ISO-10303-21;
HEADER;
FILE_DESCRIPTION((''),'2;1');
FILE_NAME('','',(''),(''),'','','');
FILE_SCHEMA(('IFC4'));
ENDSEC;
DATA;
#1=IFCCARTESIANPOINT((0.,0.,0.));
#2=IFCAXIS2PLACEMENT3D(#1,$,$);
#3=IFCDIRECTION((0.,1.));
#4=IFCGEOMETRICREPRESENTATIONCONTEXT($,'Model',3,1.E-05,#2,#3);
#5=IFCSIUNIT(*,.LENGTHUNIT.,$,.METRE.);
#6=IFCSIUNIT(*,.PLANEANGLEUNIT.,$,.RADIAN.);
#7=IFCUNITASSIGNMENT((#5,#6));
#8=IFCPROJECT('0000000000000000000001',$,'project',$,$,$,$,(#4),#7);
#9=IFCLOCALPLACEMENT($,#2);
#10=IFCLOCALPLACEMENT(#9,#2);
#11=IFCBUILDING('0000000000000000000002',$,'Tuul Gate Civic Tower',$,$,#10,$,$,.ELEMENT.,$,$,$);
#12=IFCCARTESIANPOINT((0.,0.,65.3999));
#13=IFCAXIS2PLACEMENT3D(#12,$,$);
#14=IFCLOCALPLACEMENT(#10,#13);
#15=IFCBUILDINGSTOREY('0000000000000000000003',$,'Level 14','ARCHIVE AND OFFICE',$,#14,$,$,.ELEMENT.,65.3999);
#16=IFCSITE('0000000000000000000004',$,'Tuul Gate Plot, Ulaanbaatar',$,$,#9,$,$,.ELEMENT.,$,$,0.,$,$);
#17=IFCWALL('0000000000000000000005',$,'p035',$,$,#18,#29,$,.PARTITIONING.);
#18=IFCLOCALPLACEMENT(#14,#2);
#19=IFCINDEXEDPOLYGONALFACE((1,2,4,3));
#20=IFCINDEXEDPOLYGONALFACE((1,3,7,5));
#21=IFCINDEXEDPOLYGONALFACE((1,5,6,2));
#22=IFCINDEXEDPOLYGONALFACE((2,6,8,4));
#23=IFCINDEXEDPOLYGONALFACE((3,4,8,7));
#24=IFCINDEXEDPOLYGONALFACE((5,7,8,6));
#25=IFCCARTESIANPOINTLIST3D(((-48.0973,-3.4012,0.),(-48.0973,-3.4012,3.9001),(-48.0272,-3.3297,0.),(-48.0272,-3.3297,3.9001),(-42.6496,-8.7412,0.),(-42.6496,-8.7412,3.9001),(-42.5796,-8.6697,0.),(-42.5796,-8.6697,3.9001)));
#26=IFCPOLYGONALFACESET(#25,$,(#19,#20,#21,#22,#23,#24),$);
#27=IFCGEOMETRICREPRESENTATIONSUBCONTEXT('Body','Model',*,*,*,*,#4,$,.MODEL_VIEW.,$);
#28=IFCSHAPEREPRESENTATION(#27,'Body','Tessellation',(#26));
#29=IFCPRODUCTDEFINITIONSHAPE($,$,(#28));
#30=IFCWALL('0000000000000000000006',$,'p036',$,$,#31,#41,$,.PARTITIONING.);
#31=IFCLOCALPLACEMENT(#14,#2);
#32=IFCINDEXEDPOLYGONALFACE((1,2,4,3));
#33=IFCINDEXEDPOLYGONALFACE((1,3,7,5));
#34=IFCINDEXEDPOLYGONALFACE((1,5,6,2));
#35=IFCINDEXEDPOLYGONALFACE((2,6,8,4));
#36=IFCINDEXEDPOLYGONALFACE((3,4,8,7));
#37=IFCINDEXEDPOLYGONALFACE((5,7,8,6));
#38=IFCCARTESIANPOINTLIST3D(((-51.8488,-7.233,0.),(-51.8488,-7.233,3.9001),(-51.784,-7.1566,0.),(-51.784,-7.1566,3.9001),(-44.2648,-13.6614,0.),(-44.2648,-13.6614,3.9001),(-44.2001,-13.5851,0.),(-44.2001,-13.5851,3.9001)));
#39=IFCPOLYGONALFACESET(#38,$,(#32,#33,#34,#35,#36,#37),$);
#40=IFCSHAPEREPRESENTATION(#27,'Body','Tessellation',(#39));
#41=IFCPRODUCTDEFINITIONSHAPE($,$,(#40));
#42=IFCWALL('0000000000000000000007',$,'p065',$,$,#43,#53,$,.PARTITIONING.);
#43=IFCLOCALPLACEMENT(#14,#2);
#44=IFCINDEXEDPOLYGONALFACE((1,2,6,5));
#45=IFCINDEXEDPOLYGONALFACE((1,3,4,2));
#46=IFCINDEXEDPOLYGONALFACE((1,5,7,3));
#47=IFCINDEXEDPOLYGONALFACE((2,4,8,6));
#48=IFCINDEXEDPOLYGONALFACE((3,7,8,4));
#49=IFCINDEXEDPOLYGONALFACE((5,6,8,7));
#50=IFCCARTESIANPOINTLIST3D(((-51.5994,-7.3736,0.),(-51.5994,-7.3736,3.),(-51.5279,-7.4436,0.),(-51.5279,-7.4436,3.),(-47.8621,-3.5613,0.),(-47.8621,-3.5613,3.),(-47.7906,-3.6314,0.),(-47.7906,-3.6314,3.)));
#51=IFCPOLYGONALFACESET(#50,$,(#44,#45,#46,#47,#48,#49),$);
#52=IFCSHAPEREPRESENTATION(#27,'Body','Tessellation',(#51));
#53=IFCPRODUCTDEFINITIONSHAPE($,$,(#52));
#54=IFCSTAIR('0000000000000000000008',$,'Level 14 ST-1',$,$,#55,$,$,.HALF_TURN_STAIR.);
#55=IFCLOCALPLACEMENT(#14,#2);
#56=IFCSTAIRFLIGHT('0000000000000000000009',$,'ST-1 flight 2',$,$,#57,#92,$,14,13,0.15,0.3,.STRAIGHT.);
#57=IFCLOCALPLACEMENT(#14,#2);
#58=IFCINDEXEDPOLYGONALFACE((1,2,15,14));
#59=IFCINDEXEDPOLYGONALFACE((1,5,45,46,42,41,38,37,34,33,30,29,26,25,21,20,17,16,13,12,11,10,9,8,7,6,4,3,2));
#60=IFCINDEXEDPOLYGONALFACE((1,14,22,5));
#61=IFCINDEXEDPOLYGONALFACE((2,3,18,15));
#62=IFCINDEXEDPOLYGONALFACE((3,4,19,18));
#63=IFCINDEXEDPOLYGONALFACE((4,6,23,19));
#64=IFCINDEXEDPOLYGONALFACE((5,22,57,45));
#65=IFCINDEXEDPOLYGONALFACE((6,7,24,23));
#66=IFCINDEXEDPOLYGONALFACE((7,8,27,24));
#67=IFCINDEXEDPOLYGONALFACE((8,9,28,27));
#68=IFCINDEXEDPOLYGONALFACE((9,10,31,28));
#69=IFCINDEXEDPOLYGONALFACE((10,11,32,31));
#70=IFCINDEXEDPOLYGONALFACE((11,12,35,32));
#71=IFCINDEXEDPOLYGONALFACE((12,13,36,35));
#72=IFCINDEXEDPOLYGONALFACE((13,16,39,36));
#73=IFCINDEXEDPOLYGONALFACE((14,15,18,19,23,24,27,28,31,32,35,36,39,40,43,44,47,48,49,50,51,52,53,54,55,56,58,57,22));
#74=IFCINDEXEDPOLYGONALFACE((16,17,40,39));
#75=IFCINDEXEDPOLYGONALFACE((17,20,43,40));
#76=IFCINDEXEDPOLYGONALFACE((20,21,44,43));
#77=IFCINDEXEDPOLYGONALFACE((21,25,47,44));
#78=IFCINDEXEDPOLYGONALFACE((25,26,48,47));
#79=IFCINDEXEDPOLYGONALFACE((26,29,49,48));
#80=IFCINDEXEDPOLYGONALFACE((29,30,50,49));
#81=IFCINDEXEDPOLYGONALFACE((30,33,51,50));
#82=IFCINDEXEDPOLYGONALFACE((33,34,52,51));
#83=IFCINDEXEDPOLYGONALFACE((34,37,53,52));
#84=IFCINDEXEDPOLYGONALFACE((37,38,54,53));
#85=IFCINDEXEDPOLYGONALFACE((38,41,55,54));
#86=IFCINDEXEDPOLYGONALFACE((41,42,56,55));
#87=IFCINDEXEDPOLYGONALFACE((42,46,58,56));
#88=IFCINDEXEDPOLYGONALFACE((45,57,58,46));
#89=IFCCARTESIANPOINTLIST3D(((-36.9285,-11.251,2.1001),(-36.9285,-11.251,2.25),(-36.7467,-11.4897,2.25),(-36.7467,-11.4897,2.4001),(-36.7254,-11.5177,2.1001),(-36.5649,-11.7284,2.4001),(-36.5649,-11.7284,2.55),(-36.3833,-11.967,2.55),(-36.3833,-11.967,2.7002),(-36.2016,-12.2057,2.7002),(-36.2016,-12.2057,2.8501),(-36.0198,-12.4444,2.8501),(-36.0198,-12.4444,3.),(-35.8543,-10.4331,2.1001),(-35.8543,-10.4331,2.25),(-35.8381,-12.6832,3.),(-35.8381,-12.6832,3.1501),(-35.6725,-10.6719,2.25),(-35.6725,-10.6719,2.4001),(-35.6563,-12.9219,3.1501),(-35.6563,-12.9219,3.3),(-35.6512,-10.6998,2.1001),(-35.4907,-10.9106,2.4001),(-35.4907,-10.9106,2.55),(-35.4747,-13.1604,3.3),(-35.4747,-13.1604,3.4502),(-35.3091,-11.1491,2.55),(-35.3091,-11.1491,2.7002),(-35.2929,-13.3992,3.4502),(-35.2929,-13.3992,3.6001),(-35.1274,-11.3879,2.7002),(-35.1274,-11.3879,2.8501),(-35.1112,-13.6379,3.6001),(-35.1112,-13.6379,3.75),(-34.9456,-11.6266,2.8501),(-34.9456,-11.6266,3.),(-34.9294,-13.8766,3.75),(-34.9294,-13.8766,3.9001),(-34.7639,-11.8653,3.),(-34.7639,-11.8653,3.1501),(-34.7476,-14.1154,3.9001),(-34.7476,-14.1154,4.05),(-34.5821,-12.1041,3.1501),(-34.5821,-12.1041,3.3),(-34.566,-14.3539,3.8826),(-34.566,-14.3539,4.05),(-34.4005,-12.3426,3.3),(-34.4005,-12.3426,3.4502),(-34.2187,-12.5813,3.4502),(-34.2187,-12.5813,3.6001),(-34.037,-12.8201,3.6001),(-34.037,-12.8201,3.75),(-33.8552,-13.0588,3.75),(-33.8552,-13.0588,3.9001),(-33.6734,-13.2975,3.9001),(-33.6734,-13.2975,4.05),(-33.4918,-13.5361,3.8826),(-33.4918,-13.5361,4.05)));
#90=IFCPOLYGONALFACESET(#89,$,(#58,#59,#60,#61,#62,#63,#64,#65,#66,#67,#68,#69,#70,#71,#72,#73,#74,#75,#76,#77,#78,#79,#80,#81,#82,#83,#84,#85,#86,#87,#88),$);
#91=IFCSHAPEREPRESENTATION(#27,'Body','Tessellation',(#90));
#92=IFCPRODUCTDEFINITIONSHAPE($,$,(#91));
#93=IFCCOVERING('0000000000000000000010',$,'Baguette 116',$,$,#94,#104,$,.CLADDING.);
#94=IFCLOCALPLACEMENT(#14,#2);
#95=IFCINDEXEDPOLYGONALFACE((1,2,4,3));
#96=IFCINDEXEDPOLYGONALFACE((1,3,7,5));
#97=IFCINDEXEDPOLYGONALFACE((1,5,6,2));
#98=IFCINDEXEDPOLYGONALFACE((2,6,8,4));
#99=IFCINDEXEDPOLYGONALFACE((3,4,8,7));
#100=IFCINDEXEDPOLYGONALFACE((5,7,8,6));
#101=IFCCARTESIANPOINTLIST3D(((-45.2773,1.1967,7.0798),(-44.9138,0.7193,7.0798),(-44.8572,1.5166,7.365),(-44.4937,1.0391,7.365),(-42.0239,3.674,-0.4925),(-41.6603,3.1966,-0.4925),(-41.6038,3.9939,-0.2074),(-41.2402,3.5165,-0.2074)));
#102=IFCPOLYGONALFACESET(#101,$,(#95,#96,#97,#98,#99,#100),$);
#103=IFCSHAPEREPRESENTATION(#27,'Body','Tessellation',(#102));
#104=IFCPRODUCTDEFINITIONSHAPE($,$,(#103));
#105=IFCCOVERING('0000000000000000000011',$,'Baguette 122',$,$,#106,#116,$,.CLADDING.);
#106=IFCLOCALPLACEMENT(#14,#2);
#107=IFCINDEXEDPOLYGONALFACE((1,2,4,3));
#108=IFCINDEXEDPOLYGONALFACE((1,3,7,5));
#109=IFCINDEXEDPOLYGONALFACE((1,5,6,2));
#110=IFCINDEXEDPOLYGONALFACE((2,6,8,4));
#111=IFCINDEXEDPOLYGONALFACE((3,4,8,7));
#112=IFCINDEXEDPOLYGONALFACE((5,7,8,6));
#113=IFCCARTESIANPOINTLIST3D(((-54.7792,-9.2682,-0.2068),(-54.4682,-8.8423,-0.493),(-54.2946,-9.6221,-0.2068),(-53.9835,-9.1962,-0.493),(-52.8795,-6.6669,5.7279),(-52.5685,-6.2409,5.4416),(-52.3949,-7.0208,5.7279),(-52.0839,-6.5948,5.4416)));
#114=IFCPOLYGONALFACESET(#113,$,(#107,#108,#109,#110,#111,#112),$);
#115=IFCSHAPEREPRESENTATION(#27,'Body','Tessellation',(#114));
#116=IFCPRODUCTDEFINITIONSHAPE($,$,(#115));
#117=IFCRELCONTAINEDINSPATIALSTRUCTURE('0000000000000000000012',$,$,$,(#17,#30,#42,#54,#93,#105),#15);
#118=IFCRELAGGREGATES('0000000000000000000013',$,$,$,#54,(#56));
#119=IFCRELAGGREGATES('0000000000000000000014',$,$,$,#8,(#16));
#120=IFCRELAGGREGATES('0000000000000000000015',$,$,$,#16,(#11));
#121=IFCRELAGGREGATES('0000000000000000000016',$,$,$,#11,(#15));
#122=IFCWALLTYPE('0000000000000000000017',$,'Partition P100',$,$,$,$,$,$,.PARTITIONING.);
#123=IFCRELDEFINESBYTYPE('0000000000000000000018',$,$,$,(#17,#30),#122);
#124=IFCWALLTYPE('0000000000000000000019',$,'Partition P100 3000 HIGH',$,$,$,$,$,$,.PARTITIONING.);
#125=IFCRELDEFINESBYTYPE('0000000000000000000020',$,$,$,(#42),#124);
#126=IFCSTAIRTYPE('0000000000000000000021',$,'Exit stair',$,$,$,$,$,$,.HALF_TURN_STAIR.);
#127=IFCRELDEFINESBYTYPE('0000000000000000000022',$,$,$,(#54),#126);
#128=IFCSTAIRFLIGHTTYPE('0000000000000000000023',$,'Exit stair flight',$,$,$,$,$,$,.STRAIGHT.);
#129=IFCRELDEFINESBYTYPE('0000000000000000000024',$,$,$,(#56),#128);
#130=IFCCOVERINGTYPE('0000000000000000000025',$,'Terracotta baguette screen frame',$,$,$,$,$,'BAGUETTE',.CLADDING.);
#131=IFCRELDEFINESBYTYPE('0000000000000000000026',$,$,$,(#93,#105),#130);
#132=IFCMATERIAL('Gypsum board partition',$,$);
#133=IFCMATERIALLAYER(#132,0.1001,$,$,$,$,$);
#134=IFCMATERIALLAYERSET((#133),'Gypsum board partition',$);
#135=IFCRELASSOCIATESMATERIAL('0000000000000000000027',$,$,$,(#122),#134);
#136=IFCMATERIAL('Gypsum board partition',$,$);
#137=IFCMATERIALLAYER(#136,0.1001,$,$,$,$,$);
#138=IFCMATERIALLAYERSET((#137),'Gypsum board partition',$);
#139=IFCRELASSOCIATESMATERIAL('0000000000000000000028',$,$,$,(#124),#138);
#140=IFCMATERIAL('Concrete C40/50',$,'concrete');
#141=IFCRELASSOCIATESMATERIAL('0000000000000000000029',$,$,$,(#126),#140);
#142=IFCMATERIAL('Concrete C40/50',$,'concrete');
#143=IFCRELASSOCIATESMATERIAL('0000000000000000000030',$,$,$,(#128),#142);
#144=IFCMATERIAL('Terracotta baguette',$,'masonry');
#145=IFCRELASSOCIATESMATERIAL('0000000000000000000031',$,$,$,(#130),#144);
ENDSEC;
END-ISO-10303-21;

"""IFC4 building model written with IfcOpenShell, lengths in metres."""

from ifc_helpers import new_model, si_unit, direction, frame, frame_2d, origin, origin_2d, place, context, subcontext, project, spatial, polyline, rectangle, outline, extrude, material, layer, layer_set, material_profile, profile_set, type_object, element, aggregate, save


model = new_model("IFC4")

# Units and contexts
model_context = context("Model", 3, precision=1e-05, world=origin(), true_north=direction((0.0, 1.0)))
body_context = subcontext(model_context, "Body", "Model", "MODEL_VIEW")
ifc_project = project(units=[si_unit("LENGTHUNIT", "METRE"), si_unit("PLANEANGLEUNIT", "RADIAN")], contexts=[model_context])

# Site, building, storey
site_placement = place(None, origin())
site = spatial("IfcSite", under=ifc_project, at=site_placement, Name="Tuul Gate Plot, Ulaanbaatar", CompositionType="ELEMENT", RefElevation=0.0)
building_placement = place(site_placement, origin())
building = spatial("IfcBuilding", under=site, at=building_placement, Name="Tuul Gate Civic Tower", CompositionType="ELEMENT")
storey_placement = place(building_placement, frame((0.0, 0.0, 65.3999)))
storey = spatial("IfcBuildingStorey", under=building, at=storey_placement, Name="Level 14", Description="ARCHIVE AND OFFICE", CompositionType="ELEMENT", Elevation=65.3999)

# Walls
ifc_material_1 = material(Name="Gypsum board partition")
ifc_layer_1 = layer(ifc_material_1, 0.1001)
ifc_layer_set_1 = layer_set([ifc_layer_1], Name="Gypsum board partition")
wall_type_1 = type_object("IfcWallType", Name="Partition P100", PredefinedType="PARTITIONING", material=ifc_layer_set_1)
wall_1_placement = place(storey_placement, frame((-48.0623, -3.3655, 0.0), z_axis=(0.0, 0.0, 1.0), x_axis=(0.714128, -0.700015, 0.0)))
element("IfcWall", 1, at=wall_1_placement, inside=storey, type_object=wall_type_1, Name="p035", PredefinedType="PARTITIONING", context=body_context, shape_type="SweptSolid", body=[
    extrude(rectangle(XDim=7.6284, YDim=0.1001, at=frame_2d((3.8142, 0.0))), origin(), (0.0, 0.0, 1.0), 3.9001),
])
wall_2_placement = place(storey_placement, frame((-51.8164, -7.1948, 0.0), z_axis=(0.0, 0.0, 1.0), x_axis=(0.762828, -0.646601, 0.0)))
element("IfcWall", 2, at=wall_2_placement, inside=storey, type_object=wall_type_1, Name="p036", PredefinedType="PARTITIONING", context=body_context, shape_type="SweptSolid", body=[
    extrude(rectangle(XDim=9.9419, YDim=0.1001, at=frame_2d((4.9709, 0.0))), origin(), (0.0, 0.0, 1.0), 3.9001),
])
ifc_material_2 = material(Name="Gypsum board partition")
ifc_layer_2 = layer(ifc_material_2, 0.1001)
ifc_layer_set_2 = layer_set([ifc_layer_2], Name="Gypsum board partition")
wall_type_2 = type_object("IfcWallType", Name="Partition P100 3000 HIGH", PredefinedType="PARTITIONING", material=ifc_layer_set_2)
wall_3_placement = place(storey_placement, frame((-51.5637, -7.4087, 0.0), z_axis=(0.0, 0.0, 1.0), x_axis=(0.700052, 0.714092, 0.0)))
element("IfcWall", 3, at=wall_3_placement, inside=storey, type_object=wall_type_2, Name="p065", PredefinedType="PARTITIONING", context=body_context, shape_type="SweptSolid", body=[
    extrude(rectangle(XDim=5.3386, YDim=0.1001, at=frame_2d((2.6694, 0.0))), origin(), (0.0, 0.0, 1.0), 3.0),
])

# Stair, stair flight
ifc_material_3 = material(Name="Concrete C40/50", Category="concrete")
stair_type = type_object("IfcStairType", Name="Exit stair", PredefinedType="HALF_TURN_STAIR", material=ifc_material_3)
stair_placement = place(storey_placement, origin())
stair = element("IfcStair", 4, at=stair_placement, inside=storey, type_object=stair_type, Name="Level 14 ST-1", PredefinedType="HALF_TURN_STAIR")
ifc_material_4 = material(Name="Concrete C40/50", Category="concrete")
stair_flight_type = type_object("IfcStairFlightType", Name="Exit stair flight", PredefinedType="STRAIGHT", material=ifc_material_4)
stair_flight_placement = place(storey_placement, frame((-36.3914, -10.842, 2.1001), z_axis=(0.0, 0.0, 1.0), x_axis=(0.605764, -0.795644, 0.0)))
stair_flight = element("IfcStairFlight", 5, at=stair_flight_placement, type_object=stair_flight_type, Name="ST-1 flight 2", NumberOfRisers=14, NumberOfTreads=13, PredefinedType="STRAIGHT", RiserHeight=0.15, TreadLength=0.3, context=body_context, shape_type="SweptSolid", body=[
    extrude(outline(polyline([(0.0, 0.0), (0.0, 0.1499), (0.3, 0.1499), (0.3, 0.3), (0.6001, 0.3), (0.6001, 0.45), (0.8999, 0.45), (0.8999, 0.6001), (1.2, 0.6001), (1.2, 0.75), (1.5, 0.75), (1.5, 0.8999), (1.8, 0.8999), (1.8, 1.05), (2.1001, 1.05), (2.1001, 1.2), (2.3999, 1.2), (2.3999, 1.3501), (2.7, 1.3501), (2.7, 1.5), (3.0, 1.5), (3.0, 1.6499), (3.3, 1.6499), (3.3, 1.8), (3.6001, 1.8), (3.6001, 1.95), (3.8999, 1.95), (3.8999, 2.1001), (3.8999, 1.7825), (0.3352, 0.0), (0.0, 0.0)])), frame((0.0, 0.675, 0.0), z_axis=(0.0, -1.0, 0.0), x_axis=(1.0, 0.0, 0.0)), (0.0, 0.0, 1.0), 1.3501),
])
aggregate(stair, [stair_flight])

# Coverings
ifc_material_5 = material(Name="Terracotta baguette", Category="masonry")
ifc_material_profile_1 = material_profile(ifc_material_5, rectangle(XDim=0.6001, YDim=0.6001, at=origin_2d()), Name="Terracotta baguette screen frame")
ifc_profile_set_1 = profile_set([ifc_material_profile_1], Name="Terracotta baguette")
covering_type = type_object("IfcCoveringType", Name="Terracotta baguette screen frame", ElementType="BAGUETTE", PredefinedType="CLADDING", material=ifc_profile_set_1)
covering_1_placement = place(storey_placement, frame((-44.8855, 1.1179, 7.2224), z_axis=(0.378047, 0.287861, -0.879896), x_axis=(-0.605811, 0.795608, 0.0)))
element("IfcCovering", 6, at=covering_1_placement, inside=storey, type_object=covering_type, Name="Baguette 116", PredefinedType="CLADDING", context=body_context, shape_type="SweptSolid", body=[
    extrude(rectangle(XDim=0.6001, YDim=0.6001, at=origin_2d()), origin(), (0.0, 0.0, 1.0), 8.606),
])
covering_2_placement = place(storey_placement, frame((-52.4817, -6.6309, 5.5847), z_axis=(-0.281332, -0.385244, -0.878885), x_axis=(0.807584, -0.589752, 0.0)))
element("IfcCovering", 7, at=covering_2_placement, inside=storey, type_object=covering_type, Name="Baguette 122", PredefinedType="CLADDING", context=body_context, shape_type="SweptSolid", body=[
    extrude(rectangle(XDim=0.6001, YDim=0.6001, at=origin_2d()), origin(), (0.0, 0.0, 1.0), 6.7524),
])

save(model, "model.ifc")
